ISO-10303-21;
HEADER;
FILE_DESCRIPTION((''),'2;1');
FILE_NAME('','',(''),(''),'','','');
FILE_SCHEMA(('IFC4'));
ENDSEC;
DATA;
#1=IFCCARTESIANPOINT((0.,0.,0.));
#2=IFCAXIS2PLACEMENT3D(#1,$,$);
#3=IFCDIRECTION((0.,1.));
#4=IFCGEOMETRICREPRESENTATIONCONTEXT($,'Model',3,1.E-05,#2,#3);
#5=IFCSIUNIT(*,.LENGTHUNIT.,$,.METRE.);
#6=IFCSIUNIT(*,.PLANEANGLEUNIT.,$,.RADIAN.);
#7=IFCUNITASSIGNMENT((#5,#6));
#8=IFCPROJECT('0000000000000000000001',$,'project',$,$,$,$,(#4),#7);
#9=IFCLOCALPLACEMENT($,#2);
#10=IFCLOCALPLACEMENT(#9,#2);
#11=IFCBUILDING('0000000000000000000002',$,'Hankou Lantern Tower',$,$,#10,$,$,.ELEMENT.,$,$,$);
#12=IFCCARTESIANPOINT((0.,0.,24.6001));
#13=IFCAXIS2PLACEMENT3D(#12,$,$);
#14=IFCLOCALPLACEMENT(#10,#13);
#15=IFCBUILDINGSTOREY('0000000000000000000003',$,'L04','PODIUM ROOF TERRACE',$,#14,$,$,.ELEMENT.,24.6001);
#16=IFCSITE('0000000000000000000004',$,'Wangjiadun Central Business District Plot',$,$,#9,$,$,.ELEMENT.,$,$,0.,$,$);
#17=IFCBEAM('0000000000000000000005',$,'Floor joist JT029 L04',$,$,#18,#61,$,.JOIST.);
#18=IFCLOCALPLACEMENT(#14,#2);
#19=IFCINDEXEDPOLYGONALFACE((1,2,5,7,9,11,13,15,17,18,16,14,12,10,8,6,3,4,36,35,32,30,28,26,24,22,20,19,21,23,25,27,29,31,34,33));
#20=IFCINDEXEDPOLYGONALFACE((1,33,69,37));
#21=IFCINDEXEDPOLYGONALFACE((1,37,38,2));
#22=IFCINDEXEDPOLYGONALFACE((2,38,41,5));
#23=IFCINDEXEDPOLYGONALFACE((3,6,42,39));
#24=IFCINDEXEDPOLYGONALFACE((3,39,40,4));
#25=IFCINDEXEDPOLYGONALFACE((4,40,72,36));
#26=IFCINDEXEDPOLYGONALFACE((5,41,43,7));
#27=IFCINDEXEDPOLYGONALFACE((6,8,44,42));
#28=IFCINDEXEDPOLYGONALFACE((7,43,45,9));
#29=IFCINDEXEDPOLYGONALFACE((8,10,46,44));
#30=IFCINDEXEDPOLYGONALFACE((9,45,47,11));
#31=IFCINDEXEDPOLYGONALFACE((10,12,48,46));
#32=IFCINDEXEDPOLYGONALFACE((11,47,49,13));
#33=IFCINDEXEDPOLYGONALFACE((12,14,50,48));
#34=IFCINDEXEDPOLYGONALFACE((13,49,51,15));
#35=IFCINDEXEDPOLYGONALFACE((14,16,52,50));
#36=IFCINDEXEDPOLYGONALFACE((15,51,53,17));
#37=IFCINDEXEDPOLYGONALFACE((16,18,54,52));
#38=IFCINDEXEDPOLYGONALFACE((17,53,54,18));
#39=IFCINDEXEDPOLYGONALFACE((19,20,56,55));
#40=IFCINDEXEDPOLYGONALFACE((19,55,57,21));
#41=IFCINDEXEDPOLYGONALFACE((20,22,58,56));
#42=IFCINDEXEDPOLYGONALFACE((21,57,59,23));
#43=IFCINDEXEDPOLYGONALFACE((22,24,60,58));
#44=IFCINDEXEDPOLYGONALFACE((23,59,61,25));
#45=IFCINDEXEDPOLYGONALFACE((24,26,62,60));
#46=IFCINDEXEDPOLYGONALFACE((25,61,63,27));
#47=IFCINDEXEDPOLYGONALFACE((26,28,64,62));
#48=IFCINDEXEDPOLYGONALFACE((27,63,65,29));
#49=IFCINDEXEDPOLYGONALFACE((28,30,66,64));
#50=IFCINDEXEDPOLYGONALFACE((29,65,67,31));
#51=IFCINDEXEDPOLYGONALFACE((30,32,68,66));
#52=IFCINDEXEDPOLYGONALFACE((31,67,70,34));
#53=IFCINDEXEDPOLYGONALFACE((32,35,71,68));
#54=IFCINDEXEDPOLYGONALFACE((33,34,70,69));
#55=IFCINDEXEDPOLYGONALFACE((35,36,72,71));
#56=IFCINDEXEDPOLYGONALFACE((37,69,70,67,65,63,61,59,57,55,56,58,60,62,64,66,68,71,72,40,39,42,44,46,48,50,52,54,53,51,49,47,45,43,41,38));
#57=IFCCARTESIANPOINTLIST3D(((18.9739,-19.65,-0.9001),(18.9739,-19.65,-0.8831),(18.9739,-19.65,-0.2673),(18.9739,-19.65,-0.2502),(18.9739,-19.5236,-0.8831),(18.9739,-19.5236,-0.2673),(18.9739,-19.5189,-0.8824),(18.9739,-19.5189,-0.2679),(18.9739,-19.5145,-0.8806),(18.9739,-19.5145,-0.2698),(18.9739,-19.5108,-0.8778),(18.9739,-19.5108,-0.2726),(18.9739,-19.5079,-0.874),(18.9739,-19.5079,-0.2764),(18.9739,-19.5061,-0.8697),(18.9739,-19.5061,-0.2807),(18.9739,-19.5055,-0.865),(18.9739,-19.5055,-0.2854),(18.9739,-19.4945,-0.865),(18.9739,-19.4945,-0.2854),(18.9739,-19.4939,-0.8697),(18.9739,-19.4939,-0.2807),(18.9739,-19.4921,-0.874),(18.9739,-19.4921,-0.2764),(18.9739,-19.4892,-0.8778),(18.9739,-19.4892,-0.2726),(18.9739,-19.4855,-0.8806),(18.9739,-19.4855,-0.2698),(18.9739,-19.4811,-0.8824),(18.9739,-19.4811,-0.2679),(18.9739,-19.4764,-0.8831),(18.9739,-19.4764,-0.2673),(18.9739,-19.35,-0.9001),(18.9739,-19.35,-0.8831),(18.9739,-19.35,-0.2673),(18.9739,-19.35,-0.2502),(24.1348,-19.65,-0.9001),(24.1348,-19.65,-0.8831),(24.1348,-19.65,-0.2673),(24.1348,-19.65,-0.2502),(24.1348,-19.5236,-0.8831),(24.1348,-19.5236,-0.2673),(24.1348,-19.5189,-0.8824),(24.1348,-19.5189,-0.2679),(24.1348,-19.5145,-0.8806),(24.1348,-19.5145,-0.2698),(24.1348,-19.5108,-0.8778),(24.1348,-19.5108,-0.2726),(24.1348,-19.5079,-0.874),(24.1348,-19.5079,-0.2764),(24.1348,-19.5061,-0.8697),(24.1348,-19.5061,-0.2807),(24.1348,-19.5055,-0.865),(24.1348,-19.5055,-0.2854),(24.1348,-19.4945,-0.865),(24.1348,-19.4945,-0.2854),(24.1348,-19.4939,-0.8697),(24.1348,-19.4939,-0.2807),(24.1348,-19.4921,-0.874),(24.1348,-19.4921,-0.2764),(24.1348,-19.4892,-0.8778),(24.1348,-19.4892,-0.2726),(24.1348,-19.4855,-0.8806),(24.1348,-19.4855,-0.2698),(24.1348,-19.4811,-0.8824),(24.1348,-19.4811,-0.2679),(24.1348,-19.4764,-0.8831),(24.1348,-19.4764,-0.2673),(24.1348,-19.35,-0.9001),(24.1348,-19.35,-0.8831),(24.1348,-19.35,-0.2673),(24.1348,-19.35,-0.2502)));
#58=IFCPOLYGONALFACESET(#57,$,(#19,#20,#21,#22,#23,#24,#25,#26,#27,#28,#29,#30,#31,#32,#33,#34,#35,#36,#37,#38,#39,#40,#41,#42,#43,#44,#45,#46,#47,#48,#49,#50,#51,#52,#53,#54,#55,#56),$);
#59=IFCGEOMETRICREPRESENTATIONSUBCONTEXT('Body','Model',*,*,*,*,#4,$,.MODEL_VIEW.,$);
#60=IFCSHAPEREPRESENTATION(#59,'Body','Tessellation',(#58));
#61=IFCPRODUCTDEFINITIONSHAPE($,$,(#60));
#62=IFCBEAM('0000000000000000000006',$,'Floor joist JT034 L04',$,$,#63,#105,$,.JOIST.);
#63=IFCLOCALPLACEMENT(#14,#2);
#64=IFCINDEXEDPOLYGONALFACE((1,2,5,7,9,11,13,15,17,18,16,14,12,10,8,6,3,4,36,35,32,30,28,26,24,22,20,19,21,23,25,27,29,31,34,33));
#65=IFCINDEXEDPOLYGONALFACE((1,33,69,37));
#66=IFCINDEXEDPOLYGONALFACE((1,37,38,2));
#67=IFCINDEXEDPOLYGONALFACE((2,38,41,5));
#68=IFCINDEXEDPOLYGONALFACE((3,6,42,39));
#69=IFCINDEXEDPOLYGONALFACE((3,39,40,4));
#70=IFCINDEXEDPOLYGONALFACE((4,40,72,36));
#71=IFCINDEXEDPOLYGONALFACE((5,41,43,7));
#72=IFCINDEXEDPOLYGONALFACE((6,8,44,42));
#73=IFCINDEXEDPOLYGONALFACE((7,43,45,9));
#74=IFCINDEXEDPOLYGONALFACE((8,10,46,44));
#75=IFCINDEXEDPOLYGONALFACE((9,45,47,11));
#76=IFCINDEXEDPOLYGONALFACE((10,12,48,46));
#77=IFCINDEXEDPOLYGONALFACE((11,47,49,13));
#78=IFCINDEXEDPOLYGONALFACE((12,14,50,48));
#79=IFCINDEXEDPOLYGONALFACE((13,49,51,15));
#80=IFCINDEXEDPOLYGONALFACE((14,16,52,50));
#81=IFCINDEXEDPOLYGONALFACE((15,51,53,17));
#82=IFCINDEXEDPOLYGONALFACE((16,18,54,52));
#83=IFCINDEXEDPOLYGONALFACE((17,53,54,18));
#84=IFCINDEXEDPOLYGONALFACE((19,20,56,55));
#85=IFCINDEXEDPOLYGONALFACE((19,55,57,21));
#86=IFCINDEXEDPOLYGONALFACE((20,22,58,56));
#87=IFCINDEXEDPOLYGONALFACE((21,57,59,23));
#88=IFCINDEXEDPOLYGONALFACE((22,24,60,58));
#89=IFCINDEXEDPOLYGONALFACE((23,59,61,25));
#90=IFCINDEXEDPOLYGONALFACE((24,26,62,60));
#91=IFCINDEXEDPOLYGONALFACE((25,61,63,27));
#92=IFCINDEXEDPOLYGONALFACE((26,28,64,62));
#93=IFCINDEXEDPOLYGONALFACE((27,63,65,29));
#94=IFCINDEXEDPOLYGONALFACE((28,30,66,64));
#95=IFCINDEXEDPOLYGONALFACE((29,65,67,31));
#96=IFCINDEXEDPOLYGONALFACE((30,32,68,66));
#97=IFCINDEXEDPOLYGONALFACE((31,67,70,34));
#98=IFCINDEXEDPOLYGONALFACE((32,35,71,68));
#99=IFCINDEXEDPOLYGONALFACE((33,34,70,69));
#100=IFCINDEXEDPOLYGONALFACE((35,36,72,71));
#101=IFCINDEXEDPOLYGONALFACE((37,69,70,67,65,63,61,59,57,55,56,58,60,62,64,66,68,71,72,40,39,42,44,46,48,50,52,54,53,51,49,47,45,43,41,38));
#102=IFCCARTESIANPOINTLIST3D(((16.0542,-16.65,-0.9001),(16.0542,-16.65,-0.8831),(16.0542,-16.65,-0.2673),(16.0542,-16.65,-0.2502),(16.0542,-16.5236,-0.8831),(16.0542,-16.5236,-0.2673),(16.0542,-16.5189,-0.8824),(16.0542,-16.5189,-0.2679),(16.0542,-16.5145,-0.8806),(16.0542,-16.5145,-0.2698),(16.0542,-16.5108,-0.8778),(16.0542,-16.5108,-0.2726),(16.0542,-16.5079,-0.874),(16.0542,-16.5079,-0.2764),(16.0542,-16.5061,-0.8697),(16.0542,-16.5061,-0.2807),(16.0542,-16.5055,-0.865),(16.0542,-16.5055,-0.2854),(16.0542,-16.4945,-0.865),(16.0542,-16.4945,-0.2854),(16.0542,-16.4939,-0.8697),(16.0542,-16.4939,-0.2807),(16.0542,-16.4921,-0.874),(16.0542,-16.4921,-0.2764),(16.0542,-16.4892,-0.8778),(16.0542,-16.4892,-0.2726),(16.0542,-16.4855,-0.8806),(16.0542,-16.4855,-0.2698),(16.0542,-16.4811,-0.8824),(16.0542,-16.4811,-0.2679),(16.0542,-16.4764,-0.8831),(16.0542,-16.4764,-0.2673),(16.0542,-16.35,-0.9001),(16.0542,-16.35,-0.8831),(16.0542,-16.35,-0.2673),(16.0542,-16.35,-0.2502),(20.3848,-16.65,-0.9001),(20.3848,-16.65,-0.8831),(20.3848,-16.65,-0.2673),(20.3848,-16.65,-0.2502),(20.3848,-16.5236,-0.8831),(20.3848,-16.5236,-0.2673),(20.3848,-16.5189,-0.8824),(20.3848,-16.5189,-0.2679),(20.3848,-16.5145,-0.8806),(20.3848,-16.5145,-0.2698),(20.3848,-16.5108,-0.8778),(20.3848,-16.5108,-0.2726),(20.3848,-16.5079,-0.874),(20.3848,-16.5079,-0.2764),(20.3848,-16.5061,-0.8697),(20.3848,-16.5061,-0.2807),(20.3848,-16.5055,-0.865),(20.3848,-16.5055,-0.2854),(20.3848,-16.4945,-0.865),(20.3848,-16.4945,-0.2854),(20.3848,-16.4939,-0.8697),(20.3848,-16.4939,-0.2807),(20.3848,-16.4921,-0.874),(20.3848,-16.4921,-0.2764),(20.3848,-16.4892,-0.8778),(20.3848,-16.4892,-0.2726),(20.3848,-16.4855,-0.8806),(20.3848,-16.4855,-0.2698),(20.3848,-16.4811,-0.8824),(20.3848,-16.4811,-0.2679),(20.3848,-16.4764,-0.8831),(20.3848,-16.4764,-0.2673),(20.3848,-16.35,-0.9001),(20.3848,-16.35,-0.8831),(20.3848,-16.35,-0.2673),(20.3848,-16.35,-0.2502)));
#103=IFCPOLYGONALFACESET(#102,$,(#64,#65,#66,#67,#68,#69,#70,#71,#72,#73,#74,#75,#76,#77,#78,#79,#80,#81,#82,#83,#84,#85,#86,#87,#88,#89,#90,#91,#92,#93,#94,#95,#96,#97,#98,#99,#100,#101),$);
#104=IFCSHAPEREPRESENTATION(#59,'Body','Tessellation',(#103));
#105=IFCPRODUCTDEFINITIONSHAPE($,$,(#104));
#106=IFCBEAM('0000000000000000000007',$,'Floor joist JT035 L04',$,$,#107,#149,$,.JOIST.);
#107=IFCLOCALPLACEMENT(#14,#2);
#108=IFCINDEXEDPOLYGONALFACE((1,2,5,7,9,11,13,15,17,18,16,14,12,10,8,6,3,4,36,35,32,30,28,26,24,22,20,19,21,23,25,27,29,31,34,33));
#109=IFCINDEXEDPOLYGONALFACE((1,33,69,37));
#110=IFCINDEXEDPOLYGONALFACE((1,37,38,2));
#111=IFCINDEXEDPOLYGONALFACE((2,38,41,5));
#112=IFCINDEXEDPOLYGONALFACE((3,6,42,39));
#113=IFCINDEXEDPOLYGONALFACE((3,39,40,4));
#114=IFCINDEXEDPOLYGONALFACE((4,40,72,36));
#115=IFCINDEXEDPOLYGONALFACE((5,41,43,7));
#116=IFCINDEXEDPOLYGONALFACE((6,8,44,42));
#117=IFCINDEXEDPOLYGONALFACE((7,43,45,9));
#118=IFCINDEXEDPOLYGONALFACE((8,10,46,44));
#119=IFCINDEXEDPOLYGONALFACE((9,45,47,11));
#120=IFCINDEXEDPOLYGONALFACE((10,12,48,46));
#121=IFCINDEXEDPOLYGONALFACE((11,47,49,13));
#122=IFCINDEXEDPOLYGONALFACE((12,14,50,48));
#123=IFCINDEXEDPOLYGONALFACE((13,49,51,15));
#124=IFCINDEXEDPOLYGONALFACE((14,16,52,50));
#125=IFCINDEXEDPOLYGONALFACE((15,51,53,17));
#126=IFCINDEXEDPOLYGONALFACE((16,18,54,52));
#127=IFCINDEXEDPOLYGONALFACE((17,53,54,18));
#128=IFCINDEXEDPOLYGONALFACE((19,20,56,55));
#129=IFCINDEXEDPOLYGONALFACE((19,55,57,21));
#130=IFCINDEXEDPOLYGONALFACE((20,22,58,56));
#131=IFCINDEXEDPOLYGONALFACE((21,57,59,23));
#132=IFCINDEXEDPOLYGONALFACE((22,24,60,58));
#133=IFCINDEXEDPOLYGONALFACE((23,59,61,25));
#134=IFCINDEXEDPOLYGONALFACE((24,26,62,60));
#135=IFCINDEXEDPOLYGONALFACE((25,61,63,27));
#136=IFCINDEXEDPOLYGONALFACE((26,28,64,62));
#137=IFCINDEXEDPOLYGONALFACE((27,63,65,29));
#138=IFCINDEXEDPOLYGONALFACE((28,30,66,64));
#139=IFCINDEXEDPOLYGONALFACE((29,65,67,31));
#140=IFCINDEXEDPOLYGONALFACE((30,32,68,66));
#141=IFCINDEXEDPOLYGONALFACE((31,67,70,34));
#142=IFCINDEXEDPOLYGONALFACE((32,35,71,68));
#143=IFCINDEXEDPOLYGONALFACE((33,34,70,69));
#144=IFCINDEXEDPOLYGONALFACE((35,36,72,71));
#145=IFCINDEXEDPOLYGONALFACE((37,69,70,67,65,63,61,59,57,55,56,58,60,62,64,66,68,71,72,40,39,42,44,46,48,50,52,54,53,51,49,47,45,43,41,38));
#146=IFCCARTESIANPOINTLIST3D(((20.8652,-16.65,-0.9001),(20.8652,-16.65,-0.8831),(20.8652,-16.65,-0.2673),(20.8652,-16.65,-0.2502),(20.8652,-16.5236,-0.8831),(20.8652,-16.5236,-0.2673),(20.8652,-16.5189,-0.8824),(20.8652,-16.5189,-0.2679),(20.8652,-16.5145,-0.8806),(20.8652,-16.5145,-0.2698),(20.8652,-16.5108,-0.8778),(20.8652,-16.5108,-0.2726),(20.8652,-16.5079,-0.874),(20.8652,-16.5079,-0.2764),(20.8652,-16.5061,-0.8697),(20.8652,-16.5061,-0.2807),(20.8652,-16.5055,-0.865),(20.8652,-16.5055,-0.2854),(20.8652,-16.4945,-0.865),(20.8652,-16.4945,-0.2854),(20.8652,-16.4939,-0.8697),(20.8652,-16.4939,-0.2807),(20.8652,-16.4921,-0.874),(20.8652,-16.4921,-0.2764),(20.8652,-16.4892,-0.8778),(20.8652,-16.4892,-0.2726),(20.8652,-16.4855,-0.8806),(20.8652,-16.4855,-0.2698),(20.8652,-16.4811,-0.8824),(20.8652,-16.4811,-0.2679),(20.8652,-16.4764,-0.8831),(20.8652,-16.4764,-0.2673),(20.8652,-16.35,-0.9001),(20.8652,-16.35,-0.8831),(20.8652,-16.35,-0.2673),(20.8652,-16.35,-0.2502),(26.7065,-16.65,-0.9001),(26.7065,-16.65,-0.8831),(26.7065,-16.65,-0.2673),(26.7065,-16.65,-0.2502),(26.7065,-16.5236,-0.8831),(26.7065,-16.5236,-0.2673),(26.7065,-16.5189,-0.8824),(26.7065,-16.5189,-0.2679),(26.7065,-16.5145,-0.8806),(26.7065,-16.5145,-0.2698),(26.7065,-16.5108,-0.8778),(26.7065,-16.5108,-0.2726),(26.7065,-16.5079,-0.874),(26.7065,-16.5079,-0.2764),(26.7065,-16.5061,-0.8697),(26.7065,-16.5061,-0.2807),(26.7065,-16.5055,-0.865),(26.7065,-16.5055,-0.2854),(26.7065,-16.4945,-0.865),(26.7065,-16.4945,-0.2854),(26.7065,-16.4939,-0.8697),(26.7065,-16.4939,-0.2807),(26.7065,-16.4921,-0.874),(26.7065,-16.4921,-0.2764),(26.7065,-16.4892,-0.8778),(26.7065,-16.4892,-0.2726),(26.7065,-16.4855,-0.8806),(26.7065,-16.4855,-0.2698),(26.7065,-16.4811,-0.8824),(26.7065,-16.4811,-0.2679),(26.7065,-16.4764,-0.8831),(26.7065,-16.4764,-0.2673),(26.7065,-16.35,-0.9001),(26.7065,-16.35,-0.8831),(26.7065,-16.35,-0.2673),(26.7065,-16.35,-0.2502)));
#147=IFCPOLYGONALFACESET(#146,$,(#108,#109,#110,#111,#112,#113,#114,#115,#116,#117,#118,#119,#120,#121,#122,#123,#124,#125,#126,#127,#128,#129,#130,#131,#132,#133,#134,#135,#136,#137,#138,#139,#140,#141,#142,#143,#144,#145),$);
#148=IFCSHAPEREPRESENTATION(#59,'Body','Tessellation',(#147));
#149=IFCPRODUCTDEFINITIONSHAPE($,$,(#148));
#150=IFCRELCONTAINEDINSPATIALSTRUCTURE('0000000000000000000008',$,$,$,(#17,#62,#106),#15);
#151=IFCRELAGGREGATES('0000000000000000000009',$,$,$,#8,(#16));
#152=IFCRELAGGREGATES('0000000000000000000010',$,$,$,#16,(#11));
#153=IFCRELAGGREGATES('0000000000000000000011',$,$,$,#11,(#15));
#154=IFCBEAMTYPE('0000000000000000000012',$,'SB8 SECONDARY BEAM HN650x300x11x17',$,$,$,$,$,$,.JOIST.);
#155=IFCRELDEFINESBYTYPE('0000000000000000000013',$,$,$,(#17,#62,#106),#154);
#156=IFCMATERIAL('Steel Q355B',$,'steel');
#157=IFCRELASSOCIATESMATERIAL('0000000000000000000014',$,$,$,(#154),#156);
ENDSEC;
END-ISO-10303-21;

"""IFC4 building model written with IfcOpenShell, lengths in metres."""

from ifc_helpers import new_model, si_unit, direction, frame, origin, origin_2d, place, context, subcontext, project, spatial, i_section, extrude, material, material_profile, profile_set, type_object, element, save


model = new_model("IFC4")

# Units and contexts
model_context = context("Model", 3, precision=1e-05, world=origin(), true_north=direction((0.0, 1.0)))
body_context = subcontext(model_context, "Body", "Model", "MODEL_VIEW")
ifc_project = project(units=[si_unit("LENGTHUNIT", "METRE"), si_unit("PLANEANGLEUNIT", "RADIAN")], contexts=[model_context])

# Site, building, storey
site_placement = place(None, origin())
site = spatial("IfcSite", under=ifc_project, at=site_placement, Name="Wangjiadun Central Business District Plot", CompositionType="ELEMENT", RefElevation=0.0)
building_placement = place(site_placement, origin())
building = spatial("IfcBuilding", under=site, at=building_placement, Name="Hankou Lantern Tower", CompositionType="ELEMENT")
storey_placement = place(building_placement, frame((0.0, 0.0, 24.6001)))
storey = spatial("IfcBuildingStorey", under=building, at=storey_placement, Name="L04", Description="PODIUM ROOF TERRACE", CompositionType="ELEMENT", Elevation=24.6001)

# Beams
ifc_material_1 = material(Name="Steel Q355B", Category="steel")
ifc_material_profile_1 = material_profile(ifc_material_1, i_section(OverallWidth=0.3, OverallDepth=0.6499, WebThickness=0.011, FlangeThickness=0.0171, FilletRadius=0.0181, at=origin_2d()), Name="HN650x300x11x17")
ifc_profile_set_1 = profile_set([ifc_material_profile_1], Name="Steel Q355B")
beam_type_1 = type_object("IfcBeamType", Name="SB8 SECONDARY BEAM HN650x300x11x17", PredefinedType="JOIST", material=ifc_profile_set_1)
beam_1_placement = place(storey_placement, frame((18.9739, -19.5, -0.5752), z_axis=(1.0, 0.0, 0.0), x_axis=(0.0, 1.0, 0.0)))
element("IfcBeam", 1, at=beam_1_placement, inside=storey, type_object=beam_type_1, Name="Floor joist JT029 L04", PredefinedType="JOIST", context=body_context, shape_type="SweptSolid", body=[
    extrude(i_section(OverallWidth=0.3, OverallDepth=0.6499, WebThickness=0.011, FlangeThickness=0.0171, FilletRadius=0.0181, at=origin_2d()), origin(), (0.0, 0.0, 1.0), 5.1609),
])
beam_2_placement = place(storey_placement, frame((16.0542, -16.5, -0.5752), z_axis=(1.0, 0.0, 0.0), x_axis=(0.0, 1.0, 0.0)))
element("IfcBeam", 2, at=beam_2_placement, inside=storey, type_object=beam_type_1, Name="Floor joist JT034 L04", PredefinedType="JOIST", context=body_context, shape_type="SweptSolid", body=[
    extrude(i_section(OverallWidth=0.3, OverallDepth=0.6499, WebThickness=0.011, FlangeThickness=0.0171, FilletRadius=0.0181, at=origin_2d()), origin(), (0.0, 0.0, 1.0), 4.3306),
])
beam_3_placement = place(storey_placement, frame((20.8652, -16.5, -0.5752), z_axis=(1.0, 0.0, 0.0), x_axis=(0.0, 1.0, 0.0)))
element("IfcBeam", 3, at=beam_3_placement, inside=storey, type_object=beam_type_1, Name="Floor joist JT035 L04", PredefinedType="JOIST", context=body_context, shape_type="SweptSolid", body=[
    extrude(i_section(OverallWidth=0.3, OverallDepth=0.6499, WebThickness=0.011, FlangeThickness=0.0171, FilletRadius=0.0181, at=origin_2d()), origin(), (0.0, 0.0, 1.0), 5.8413),
])

save(model, "model.ifc")
